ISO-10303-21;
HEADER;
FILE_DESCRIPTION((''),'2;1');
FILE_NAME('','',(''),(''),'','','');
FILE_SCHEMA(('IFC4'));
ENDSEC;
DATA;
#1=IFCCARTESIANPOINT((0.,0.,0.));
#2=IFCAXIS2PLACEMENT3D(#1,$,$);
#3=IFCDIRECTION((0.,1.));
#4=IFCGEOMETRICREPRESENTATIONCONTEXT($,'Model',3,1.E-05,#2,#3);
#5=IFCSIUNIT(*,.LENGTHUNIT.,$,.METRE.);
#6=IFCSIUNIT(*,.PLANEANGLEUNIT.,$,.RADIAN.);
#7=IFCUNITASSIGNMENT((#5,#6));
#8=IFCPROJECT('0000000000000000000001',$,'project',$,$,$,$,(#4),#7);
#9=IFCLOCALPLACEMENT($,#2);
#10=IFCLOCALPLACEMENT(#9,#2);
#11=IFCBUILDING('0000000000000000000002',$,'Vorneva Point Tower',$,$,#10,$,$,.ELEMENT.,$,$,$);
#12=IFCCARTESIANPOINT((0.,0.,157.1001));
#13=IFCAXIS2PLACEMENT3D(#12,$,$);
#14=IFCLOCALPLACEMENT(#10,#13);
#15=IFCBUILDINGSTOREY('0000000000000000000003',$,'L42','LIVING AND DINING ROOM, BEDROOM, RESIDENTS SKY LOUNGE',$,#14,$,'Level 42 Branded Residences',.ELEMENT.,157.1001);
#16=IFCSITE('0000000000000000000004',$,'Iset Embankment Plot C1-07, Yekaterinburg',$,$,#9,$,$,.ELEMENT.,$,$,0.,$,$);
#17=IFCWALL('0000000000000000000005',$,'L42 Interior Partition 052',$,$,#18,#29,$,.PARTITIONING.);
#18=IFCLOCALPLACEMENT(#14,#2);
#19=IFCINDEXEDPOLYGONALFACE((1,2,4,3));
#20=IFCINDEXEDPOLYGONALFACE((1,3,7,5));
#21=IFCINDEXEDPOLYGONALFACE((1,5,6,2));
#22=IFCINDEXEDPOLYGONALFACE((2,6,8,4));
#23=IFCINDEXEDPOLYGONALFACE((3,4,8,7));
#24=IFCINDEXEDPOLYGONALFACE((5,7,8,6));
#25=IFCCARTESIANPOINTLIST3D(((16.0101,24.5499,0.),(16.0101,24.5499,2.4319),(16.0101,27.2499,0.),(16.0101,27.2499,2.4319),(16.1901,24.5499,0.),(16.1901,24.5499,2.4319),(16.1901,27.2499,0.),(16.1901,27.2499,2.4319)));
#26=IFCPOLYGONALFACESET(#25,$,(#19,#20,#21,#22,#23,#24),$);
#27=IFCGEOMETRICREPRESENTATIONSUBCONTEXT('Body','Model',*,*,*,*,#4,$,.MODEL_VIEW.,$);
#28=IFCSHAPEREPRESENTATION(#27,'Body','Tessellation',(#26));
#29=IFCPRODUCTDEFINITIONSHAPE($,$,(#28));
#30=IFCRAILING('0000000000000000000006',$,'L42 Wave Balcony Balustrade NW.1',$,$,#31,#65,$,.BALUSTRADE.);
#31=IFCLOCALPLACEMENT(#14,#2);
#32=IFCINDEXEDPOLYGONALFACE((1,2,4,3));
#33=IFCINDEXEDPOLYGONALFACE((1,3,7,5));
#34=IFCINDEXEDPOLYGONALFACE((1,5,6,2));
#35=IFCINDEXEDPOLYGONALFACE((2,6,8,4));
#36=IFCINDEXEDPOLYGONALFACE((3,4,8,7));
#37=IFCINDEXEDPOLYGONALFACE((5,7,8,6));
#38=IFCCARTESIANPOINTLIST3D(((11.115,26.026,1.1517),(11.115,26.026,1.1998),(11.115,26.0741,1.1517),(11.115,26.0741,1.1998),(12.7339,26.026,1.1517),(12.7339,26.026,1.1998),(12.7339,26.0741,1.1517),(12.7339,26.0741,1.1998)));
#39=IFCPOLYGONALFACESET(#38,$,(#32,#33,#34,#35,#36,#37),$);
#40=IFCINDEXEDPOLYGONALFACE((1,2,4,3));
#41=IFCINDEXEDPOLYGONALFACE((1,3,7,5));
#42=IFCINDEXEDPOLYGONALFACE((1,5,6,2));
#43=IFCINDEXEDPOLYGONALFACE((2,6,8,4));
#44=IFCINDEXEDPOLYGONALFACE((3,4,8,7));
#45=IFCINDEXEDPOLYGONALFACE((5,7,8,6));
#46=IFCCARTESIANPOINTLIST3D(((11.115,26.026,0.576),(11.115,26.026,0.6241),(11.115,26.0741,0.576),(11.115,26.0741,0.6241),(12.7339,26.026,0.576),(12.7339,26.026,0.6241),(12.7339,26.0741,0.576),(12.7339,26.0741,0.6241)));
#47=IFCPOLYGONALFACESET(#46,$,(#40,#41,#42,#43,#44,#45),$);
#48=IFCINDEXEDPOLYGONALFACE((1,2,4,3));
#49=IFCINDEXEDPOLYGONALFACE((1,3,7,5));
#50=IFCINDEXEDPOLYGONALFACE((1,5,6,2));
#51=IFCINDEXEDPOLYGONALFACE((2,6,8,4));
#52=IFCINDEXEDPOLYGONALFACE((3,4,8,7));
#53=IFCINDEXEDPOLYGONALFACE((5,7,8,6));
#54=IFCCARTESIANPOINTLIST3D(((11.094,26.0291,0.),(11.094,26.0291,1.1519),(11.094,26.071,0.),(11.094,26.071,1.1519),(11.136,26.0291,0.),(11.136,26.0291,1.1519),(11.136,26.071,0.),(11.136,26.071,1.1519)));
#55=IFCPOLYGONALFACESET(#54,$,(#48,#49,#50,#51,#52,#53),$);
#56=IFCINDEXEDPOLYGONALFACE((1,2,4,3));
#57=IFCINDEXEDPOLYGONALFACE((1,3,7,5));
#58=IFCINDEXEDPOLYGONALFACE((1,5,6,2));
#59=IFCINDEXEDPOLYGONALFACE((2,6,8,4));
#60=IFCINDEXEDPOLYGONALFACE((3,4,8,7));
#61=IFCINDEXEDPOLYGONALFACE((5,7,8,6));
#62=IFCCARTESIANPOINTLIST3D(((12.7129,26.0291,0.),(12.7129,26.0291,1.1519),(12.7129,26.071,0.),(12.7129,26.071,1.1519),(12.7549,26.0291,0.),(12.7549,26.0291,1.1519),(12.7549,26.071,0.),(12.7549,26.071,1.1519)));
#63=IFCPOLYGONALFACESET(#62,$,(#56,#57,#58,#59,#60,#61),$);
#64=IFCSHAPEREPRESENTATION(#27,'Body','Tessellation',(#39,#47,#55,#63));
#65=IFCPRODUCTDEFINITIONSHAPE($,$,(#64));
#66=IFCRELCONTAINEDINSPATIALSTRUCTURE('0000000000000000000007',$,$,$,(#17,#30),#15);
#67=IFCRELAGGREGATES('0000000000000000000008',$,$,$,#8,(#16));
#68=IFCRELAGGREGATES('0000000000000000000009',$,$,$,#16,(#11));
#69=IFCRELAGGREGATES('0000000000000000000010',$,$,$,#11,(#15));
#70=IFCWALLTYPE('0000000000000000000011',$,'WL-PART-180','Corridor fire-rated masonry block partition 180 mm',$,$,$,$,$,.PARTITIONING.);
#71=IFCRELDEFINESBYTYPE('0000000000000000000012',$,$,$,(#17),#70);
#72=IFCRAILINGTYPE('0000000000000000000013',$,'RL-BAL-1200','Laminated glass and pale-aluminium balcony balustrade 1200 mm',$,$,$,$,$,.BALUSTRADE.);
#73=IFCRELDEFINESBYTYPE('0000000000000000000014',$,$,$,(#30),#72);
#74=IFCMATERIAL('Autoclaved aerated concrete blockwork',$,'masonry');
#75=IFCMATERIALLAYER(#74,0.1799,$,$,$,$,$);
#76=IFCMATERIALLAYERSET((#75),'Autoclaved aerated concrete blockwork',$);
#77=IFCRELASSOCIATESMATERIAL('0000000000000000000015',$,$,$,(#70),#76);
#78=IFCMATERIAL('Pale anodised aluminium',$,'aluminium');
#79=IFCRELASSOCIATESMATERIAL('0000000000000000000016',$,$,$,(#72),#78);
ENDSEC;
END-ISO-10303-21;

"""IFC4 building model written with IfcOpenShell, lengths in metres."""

from ifc_helpers import new_model, si_unit, direction, frame, frame_2d, origin, origin_2d, place, context, subcontext, project, spatial, rectangle, extrude, material, layer, layer_set, type_object, element, save


model = new_model("IFC4")

# Units and contexts
model_context = context("Model", 3, precision=1e-05, world=origin(), true_north=direction((0.0, 1.0)))
body_context = subcontext(model_context, "Body", "Model", "MODEL_VIEW")
ifc_project = project(units=[si_unit("LENGTHUNIT", "METRE"), si_unit("PLANEANGLEUNIT", "RADIAN")], contexts=[model_context])

# Site, building, storey
site_placement = place(None, origin())
site = spatial("IfcSite", under=ifc_project, at=site_placement, Name="Iset Embankment Plot C1-07, Yekaterinburg", CompositionType="ELEMENT", RefElevation=0.0)
building_placement = place(site_placement, origin())
building = spatial("IfcBuilding", under=site, at=building_placement, Name="Vorneva Point Tower", CompositionType="ELEMENT")
storey_placement = place(building_placement, frame((0.0, 0.0, 157.1001)))
storey = spatial("IfcBuildingStorey", under=building, at=storey_placement, Name="L42", Description="LIVING AND DINING ROOM, BEDROOM, RESIDENTS SKY LOUNGE", LongName="Level 42 Branded Residences", CompositionType="ELEMENT", Elevation=157.1001)

# Shared definitions
ifc_material_1 = material(Name="Pale anodised aluminium", Category="aluminium")

# Shared definitions
ifc_material_2 = material(Name="Autoclaved aerated concrete blockwork", Category="masonry")
ifc_layer_1 = layer(ifc_material_2, 0.1799)
ifc_layer_set_1 = layer_set([ifc_layer_1], Name="Autoclaved aerated concrete blockwork")
wall_type_1 = type_object("IfcWallType", Name="WL-PART-180", Description="Corridor fire-rated masonry block partition 180 mm", PredefinedType="PARTITIONING", material=ifc_layer_set_1)

# Wall
wall_1_placement = place(storey_placement, frame((16.1001, 27.25, 0.0), z_axis=(0.0, 0.0, 1.0), x_axis=(0.0, -1.0, 0.0)))
element("IfcWall", 1, at=wall_1_placement, inside=storey, type_object=wall_type_1, Name="L42 Interior Partition 052", PredefinedType="PARTITIONING", context=body_context, shape_type="SweptSolid", body=[
    extrude(rectangle(XDim=2.7, YDim=0.1799, at=frame_2d((1.3501, 0.0))), origin(), (0.0, 0.0, 1.0), 2.4319),
])

# Railing
railing_type = type_object("IfcRailingType", Name="RL-BAL-1200", Description="Laminated glass and pale-aluminium balcony balustrade 1200 mm", PredefinedType="BALUSTRADE", material=ifc_material_1)
railing_placement = place(storey_placement, frame((11.115, 26.05, 0.0)))
element("IfcRailing", 2, at=railing_placement, inside=storey, type_object=railing_type, Name="L42 Wave Balcony Balustrade NW.1", PredefinedType="BALUSTRADE", context=body_context, shape_type="SweptSolid", body=[
    extrude(rectangle(XDim=0.0481, YDim=0.0481, at=origin_2d()), frame((0.0, 0.0, 1.1758), z_axis=(1.0, 0.0, 0.0), x_axis=(0.0, 1.0, 0.0)), (0.0, 0.0, 1.0), 1.6189),
    extrude(rectangle(XDim=0.0481, YDim=0.0481, at=origin_2d()), frame((0.0, 0.0, 0.6001), z_axis=(1.0, 0.0, 0.0), x_axis=(0.0, 1.0, 0.0)), (0.0, 0.0, 1.0), 1.6189),
    extrude(rectangle(XDim=0.042, YDim=0.042, at=origin_2d()), origin(), (0.0, 0.0, 1.0), 1.1519),
    extrude(rectangle(XDim=0.042, YDim=0.042, at=origin_2d()), frame((1.6189, 0.0, 0.0)), (0.0, 0.0, 1.0), 1.1519),
])

save(model, "model.ifc")
